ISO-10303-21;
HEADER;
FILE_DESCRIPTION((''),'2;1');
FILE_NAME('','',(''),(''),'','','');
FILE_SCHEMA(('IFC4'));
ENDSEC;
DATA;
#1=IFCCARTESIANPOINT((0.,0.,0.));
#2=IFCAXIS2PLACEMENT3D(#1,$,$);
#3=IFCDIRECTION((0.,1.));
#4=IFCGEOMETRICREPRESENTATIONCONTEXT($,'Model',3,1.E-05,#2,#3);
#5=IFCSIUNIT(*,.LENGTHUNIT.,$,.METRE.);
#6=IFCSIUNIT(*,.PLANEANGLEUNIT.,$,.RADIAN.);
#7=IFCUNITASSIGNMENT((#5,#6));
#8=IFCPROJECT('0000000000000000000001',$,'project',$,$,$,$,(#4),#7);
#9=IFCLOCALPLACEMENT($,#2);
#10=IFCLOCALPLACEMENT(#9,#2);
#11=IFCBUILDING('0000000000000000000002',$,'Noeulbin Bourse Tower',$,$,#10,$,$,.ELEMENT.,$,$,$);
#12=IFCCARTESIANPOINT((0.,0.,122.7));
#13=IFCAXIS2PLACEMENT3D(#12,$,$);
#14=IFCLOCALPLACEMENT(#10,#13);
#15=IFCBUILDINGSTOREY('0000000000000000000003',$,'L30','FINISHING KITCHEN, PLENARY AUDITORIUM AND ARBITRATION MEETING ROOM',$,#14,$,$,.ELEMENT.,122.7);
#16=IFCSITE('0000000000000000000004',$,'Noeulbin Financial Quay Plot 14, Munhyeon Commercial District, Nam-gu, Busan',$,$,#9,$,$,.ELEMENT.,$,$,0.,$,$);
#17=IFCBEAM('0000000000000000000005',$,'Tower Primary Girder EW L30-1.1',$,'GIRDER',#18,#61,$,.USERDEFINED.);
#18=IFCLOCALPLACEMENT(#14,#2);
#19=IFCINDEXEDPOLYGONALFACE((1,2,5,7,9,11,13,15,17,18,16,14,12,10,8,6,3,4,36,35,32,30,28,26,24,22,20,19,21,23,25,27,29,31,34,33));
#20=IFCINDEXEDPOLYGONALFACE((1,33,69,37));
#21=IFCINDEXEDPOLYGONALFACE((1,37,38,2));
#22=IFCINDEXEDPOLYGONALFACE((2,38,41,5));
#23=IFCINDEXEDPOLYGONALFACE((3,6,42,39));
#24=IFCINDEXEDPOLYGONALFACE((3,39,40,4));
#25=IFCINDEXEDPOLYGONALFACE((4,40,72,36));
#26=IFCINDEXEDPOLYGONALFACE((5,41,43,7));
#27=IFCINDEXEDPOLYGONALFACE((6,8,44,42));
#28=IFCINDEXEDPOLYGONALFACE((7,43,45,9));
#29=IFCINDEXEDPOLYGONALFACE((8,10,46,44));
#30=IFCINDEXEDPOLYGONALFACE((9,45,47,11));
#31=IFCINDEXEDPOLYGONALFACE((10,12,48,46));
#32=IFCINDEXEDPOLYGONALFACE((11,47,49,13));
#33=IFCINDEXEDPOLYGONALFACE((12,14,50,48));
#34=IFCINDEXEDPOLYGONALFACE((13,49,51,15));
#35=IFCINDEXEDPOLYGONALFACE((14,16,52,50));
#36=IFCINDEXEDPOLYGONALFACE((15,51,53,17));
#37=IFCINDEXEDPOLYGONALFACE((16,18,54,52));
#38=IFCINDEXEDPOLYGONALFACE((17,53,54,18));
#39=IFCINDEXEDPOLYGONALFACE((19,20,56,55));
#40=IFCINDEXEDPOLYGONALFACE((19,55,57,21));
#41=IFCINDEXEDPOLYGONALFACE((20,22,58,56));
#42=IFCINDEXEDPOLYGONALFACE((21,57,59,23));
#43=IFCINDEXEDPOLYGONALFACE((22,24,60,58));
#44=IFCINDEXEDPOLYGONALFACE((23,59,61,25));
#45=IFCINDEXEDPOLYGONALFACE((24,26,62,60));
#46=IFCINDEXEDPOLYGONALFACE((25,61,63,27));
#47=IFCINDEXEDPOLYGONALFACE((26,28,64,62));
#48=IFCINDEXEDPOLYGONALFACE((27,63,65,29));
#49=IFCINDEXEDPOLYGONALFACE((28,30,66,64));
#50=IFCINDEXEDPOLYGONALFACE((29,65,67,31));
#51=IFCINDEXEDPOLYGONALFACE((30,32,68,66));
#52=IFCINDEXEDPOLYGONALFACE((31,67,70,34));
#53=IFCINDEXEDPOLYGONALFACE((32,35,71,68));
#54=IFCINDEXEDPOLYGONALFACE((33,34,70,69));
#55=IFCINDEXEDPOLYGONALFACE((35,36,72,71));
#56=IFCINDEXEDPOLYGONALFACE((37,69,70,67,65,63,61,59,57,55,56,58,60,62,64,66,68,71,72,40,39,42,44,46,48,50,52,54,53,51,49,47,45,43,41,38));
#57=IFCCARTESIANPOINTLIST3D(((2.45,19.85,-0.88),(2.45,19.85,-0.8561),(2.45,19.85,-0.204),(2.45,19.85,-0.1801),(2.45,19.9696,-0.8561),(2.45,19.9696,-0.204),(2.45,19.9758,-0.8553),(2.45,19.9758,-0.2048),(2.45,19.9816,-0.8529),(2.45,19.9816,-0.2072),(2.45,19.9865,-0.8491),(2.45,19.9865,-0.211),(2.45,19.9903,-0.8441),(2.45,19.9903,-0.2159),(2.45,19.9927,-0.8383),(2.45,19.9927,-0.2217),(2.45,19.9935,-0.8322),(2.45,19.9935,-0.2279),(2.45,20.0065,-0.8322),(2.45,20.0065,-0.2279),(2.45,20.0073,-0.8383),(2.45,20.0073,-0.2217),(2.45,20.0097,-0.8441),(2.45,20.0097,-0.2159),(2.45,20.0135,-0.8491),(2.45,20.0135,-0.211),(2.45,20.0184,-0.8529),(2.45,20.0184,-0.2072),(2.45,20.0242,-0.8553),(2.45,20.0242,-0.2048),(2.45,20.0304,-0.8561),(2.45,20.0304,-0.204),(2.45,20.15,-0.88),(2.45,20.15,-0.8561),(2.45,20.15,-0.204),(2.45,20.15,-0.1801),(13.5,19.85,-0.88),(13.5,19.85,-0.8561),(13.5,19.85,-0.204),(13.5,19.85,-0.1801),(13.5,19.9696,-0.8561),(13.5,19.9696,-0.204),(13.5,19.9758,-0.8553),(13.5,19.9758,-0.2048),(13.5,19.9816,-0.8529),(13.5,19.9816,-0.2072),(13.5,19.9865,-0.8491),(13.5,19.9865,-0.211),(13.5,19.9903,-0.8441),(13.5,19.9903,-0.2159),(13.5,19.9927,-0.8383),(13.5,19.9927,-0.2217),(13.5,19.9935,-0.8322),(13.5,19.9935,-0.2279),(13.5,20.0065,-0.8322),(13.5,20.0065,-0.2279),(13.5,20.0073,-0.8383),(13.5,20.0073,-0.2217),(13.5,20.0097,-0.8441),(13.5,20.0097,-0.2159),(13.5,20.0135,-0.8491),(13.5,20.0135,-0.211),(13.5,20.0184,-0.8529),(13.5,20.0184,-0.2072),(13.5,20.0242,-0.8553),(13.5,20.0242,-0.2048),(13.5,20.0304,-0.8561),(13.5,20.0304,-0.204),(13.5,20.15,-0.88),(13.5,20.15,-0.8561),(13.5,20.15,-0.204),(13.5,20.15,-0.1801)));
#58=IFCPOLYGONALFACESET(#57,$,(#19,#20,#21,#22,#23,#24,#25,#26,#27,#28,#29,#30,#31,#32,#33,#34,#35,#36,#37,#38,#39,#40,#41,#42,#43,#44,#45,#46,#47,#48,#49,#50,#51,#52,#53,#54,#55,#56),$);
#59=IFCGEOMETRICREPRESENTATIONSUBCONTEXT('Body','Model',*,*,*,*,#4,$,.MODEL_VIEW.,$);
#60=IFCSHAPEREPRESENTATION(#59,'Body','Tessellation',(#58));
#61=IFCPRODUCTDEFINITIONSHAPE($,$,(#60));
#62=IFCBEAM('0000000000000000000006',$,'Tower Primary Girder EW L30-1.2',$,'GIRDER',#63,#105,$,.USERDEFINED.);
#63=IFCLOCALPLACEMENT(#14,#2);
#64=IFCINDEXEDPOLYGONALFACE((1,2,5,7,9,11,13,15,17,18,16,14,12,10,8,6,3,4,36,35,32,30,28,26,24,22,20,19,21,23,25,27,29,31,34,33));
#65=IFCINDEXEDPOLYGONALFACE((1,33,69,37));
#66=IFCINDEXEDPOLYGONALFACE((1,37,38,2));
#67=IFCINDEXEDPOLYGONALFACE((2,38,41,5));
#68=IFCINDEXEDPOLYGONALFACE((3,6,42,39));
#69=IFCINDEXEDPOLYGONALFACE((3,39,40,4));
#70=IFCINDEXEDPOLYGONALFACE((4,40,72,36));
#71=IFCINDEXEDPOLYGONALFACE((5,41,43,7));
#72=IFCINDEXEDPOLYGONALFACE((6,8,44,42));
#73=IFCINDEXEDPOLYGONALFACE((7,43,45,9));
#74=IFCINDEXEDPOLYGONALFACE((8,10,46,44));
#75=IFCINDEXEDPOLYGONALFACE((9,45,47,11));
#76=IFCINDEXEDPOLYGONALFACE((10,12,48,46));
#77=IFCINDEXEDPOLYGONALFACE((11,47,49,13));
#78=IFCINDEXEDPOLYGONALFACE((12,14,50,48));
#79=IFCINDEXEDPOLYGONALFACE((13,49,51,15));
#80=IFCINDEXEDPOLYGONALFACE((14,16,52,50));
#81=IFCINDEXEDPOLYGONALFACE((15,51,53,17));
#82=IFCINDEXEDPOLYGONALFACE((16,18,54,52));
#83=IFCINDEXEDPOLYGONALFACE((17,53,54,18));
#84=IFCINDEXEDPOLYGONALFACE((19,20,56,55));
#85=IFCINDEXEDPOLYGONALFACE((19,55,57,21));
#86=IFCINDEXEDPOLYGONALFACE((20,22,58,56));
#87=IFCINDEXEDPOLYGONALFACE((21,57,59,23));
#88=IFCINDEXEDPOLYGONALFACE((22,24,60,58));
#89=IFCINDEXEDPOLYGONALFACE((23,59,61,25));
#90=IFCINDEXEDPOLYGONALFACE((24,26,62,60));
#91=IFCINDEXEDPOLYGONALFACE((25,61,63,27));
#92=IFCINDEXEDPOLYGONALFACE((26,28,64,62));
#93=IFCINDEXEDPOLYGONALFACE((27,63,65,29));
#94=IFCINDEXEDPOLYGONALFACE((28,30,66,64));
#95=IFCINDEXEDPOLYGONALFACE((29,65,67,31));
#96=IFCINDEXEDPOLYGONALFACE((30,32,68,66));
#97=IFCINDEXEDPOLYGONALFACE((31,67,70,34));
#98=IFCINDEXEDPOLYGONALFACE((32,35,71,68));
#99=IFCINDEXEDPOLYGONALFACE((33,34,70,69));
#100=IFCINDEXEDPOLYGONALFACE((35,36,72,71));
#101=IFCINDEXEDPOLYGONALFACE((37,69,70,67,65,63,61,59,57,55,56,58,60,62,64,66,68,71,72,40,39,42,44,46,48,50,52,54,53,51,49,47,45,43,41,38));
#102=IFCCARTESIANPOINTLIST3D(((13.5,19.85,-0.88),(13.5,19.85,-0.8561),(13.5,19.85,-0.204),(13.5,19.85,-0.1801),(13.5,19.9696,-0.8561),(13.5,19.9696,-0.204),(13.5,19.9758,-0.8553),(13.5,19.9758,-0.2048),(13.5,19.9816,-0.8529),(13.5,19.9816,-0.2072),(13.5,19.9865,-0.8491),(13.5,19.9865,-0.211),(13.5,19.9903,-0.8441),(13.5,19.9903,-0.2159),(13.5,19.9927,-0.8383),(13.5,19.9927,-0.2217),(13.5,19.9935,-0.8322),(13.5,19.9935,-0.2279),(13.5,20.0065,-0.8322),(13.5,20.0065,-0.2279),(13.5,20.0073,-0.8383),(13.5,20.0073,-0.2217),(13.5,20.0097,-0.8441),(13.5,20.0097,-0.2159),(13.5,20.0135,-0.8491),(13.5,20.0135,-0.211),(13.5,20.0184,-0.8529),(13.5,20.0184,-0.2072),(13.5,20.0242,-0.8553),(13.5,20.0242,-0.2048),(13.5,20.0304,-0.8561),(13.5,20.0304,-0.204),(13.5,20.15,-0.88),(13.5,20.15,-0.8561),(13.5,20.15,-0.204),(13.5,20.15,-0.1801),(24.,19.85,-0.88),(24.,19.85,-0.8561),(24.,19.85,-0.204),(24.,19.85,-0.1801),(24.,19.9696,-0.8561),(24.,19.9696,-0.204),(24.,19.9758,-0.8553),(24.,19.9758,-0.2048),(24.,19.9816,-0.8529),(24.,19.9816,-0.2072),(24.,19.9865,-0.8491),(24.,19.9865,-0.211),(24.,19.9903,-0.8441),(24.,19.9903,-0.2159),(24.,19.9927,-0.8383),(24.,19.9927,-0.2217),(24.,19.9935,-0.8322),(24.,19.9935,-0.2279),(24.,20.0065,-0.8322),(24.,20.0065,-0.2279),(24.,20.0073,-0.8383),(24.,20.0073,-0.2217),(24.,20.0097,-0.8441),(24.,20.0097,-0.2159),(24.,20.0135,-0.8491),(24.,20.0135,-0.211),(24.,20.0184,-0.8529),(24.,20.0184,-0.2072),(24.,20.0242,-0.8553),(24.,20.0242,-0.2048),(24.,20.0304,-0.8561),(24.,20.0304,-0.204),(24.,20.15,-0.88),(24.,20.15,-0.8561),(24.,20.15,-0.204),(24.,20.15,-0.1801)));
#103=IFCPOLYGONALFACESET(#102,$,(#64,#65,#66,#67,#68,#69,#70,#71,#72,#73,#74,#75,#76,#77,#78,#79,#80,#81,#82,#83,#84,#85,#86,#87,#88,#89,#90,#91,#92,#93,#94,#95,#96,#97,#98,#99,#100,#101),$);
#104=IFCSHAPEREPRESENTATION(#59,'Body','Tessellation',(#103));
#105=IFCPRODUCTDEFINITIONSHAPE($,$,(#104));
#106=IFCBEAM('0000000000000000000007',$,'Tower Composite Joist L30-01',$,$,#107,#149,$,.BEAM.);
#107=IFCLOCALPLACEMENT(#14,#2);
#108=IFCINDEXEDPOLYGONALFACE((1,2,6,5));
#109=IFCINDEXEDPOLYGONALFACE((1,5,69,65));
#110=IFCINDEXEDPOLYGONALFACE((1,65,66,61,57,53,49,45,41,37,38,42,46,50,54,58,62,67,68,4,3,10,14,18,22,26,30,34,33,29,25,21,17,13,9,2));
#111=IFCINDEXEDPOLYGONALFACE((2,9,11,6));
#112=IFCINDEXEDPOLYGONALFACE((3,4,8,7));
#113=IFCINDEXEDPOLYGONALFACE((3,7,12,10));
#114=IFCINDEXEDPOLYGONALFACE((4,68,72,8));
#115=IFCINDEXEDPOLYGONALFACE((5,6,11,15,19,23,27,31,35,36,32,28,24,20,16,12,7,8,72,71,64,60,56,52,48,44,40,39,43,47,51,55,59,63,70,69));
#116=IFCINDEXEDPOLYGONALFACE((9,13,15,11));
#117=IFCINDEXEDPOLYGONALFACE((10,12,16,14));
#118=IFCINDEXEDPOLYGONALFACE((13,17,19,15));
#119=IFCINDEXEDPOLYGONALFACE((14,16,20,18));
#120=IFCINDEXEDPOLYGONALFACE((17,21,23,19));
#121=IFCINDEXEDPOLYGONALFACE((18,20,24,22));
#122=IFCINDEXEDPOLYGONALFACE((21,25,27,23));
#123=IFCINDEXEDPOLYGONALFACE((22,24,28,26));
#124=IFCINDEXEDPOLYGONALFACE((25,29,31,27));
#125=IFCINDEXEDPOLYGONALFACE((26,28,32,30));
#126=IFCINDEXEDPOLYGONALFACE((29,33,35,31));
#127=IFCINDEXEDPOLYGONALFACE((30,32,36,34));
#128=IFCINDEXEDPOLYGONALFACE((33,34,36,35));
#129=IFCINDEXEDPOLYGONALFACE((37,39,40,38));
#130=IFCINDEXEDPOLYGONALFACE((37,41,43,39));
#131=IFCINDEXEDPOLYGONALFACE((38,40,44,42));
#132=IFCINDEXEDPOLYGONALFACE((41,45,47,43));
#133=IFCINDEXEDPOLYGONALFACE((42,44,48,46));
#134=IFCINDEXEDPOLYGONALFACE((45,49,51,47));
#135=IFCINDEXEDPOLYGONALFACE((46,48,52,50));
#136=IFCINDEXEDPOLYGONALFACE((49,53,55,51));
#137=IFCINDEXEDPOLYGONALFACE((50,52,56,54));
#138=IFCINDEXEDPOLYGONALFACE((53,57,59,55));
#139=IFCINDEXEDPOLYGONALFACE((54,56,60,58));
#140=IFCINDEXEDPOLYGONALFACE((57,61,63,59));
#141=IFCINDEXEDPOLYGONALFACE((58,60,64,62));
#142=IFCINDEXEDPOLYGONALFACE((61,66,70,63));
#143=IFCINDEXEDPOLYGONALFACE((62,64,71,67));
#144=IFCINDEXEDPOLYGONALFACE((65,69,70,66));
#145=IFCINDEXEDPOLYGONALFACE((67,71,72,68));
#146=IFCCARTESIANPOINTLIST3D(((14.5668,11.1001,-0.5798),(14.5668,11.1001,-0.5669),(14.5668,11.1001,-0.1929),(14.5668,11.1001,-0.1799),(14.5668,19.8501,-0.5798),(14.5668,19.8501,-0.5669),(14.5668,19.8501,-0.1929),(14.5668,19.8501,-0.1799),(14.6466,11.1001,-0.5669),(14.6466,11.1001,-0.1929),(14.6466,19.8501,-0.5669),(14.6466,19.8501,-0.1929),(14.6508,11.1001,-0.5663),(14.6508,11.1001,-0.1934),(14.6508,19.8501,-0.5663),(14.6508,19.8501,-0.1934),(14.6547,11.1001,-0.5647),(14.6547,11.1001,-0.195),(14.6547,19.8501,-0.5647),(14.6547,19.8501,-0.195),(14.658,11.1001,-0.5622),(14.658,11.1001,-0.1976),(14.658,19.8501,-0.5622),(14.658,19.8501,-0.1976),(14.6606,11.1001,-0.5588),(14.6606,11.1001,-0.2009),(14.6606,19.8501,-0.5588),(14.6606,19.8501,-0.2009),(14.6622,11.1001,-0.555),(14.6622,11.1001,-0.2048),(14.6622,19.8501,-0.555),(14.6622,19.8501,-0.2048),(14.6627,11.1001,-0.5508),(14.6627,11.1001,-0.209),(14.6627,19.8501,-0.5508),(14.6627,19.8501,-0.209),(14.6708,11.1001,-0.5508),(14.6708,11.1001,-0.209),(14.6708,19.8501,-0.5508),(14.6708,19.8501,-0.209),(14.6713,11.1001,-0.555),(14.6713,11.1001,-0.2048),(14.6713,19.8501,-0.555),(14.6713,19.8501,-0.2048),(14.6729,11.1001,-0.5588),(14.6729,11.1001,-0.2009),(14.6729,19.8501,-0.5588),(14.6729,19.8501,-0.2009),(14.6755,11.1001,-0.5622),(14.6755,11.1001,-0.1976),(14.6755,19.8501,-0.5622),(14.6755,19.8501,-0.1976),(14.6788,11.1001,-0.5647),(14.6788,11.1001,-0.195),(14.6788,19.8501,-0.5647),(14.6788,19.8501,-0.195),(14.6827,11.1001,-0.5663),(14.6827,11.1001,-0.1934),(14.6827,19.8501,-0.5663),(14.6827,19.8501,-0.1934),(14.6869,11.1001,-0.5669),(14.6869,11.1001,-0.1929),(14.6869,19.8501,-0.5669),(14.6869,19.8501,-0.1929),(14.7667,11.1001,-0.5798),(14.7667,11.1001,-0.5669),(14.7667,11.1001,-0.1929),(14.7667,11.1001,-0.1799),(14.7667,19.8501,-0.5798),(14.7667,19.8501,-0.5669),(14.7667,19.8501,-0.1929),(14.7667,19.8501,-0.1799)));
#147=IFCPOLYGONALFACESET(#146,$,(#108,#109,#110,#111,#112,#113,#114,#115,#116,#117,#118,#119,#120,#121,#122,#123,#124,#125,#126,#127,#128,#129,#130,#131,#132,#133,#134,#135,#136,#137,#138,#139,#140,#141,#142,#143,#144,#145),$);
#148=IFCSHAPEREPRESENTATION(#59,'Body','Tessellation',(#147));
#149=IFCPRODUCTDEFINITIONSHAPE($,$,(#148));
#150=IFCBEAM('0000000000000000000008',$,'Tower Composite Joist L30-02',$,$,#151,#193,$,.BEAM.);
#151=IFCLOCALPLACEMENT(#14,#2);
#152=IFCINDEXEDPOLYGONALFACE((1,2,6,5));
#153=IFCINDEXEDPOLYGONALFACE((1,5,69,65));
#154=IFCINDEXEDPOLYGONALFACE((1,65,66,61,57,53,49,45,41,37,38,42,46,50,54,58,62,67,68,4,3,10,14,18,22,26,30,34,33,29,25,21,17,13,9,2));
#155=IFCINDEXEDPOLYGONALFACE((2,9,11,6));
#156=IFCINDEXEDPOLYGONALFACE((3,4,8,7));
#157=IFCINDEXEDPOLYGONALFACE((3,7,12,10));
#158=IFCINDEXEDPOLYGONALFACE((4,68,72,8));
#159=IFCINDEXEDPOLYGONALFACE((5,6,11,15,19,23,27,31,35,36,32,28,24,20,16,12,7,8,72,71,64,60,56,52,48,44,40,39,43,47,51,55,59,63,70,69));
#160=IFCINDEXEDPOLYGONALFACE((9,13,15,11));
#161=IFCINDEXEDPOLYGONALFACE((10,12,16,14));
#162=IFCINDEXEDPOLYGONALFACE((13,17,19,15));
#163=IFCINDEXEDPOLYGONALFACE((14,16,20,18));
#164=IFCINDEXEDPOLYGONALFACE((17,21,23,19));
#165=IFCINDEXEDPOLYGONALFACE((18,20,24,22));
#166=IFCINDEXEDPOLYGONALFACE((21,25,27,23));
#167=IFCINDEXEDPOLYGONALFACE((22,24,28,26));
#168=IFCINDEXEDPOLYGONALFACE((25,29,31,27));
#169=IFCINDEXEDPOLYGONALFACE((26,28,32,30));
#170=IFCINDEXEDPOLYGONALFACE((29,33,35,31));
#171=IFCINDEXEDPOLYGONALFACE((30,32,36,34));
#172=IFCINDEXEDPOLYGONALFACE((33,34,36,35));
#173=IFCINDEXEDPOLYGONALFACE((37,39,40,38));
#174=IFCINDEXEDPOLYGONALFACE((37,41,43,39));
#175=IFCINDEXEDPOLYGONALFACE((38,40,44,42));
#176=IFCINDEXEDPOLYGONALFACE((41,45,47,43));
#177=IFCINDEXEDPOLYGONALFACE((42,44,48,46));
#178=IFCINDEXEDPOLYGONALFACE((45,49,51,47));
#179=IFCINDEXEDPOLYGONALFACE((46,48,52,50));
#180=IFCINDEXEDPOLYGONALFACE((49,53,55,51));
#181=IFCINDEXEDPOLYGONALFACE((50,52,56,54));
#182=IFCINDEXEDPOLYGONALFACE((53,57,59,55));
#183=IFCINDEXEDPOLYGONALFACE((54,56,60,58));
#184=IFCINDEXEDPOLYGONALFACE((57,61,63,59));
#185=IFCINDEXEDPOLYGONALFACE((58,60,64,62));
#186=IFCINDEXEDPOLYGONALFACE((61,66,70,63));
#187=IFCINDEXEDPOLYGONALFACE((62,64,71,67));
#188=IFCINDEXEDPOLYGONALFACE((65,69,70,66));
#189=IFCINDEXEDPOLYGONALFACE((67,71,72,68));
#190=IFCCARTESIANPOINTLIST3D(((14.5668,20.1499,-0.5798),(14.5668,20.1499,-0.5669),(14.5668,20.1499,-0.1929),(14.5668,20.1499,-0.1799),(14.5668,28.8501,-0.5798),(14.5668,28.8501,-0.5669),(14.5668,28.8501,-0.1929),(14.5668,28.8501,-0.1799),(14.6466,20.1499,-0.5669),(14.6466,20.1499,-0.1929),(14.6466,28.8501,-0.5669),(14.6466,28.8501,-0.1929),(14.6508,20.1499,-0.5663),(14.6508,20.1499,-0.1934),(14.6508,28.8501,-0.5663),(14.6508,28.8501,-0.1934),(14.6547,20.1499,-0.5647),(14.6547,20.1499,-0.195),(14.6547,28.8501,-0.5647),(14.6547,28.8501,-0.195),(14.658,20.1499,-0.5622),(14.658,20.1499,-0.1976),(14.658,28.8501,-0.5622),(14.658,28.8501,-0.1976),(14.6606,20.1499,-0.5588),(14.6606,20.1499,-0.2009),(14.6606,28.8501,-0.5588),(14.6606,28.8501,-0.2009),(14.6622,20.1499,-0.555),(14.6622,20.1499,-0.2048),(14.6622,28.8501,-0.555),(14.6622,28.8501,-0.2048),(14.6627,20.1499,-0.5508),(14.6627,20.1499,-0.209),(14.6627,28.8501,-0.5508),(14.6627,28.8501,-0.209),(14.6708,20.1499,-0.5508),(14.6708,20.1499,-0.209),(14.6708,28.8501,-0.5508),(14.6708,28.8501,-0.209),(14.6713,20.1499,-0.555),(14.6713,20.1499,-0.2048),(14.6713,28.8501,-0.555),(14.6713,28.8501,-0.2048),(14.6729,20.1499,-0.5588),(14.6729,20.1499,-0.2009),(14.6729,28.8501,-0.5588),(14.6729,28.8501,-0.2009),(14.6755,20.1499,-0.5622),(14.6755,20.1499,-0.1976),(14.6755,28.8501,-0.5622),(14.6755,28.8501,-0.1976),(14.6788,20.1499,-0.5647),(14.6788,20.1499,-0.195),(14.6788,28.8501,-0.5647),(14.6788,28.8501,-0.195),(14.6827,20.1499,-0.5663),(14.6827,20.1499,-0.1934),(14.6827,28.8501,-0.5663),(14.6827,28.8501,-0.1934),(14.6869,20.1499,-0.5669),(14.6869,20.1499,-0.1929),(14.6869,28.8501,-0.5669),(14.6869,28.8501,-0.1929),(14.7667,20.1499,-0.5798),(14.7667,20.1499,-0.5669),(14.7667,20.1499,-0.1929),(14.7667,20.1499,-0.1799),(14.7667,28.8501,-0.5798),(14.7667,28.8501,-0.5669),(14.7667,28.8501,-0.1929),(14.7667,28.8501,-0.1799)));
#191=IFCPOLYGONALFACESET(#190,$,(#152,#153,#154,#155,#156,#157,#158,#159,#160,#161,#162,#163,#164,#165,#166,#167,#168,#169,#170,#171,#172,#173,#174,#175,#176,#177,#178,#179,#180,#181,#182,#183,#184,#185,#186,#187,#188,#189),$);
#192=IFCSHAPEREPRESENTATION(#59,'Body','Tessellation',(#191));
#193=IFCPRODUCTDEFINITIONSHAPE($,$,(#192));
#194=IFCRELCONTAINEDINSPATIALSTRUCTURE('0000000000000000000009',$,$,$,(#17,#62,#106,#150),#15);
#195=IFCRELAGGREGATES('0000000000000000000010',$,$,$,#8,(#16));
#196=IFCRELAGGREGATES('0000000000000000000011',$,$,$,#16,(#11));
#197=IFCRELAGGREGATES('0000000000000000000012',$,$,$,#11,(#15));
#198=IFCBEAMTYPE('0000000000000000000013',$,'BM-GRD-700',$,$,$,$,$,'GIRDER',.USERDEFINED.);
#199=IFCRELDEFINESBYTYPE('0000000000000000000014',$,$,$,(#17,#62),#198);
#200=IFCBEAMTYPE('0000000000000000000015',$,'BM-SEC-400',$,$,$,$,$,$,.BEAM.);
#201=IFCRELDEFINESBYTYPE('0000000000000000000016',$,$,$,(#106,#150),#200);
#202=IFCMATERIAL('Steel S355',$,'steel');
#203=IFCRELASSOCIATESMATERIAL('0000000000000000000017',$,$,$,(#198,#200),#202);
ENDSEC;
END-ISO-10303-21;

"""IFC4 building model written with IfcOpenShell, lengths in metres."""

from ifc_helpers import new_model, si_unit, direction, frame, origin, origin_2d, place, context, subcontext, project, spatial, i_section, extrude, material, material_profile, profile_set, type_object, element, save


model = new_model("IFC4")

# Units and contexts
model_context = context("Model", 3, precision=1e-05, world=origin(), true_north=direction((0.0, 1.0)))
body_context = subcontext(model_context, "Body", "Model", "MODEL_VIEW")
ifc_project = project(units=[si_unit("LENGTHUNIT", "METRE"), si_unit("PLANEANGLEUNIT", "RADIAN")], contexts=[model_context])

# Site, building, storey
site_placement = place(None, origin())
site = spatial("IfcSite", under=ifc_project, at=site_placement, Name="Noeulbin Financial Quay Plot 14, Munhyeon Commercial District, Nam-gu, Busan", CompositionType="ELEMENT", RefElevation=0.0)
building_placement = place(site_placement, origin())
building = spatial("IfcBuilding", under=site, at=building_placement, Name="Noeulbin Bourse Tower", CompositionType="ELEMENT")
storey_placement = place(building_placement, frame((0.0, 0.0, 122.7)))
storey = spatial("IfcBuildingStorey", under=building, at=storey_placement, Name="L30", Description="FINISHING KITCHEN, PLENARY AUDITORIUM AND ARBITRATION MEETING ROOM", CompositionType="ELEMENT", Elevation=122.7)

# Shared definitions
ifc_material_1 = material(Name="Steel S355", Category="steel")

# Beams
ifc_material_profile_1 = material_profile(ifc_material_1, i_section(OverallWidth=0.3, OverallDepth=0.7, WebThickness=0.0129, FlangeThickness=0.0239, FilletRadius=0.0239, at=origin_2d()), Name="H-700x300x13x24", Category="LoadBearing")
ifc_profile_set_1 = profile_set([ifc_material_profile_1], Name="Steel S355")
beam_type_1 = type_object("IfcBeamType", Name="BM-GRD-700", ElementType="GIRDER", PredefinedType="USERDEFINED", material=ifc_profile_set_1)
beam_1_placement = place(storey_placement, frame((2.45, 20.0, -0.53), z_axis=(1.0, 0.0, 0.0), x_axis=(0.0, 1.0, 0.0)))
element("IfcBeam", 1, at=beam_1_placement, inside=storey, type_object=beam_type_1, Name="Tower Primary Girder EW L30-1.1", ObjectType="GIRDER", PredefinedType="USERDEFINED", context=body_context, shape_type="SweptSolid", body=[
    extrude(i_section(OverallWidth=0.3, OverallDepth=0.7, WebThickness=0.0129, FlangeThickness=0.0239, FilletRadius=0.0239, at=origin_2d()), origin(), (0.0, 0.0, 1.0), 11.05),
])
beam_2_placement = place(storey_placement, frame((13.5, 20.0, -0.53), z_axis=(1.0, 0.0, 0.0), x_axis=(0.0, 1.0, 0.0)))
element("IfcBeam", 2, at=beam_2_placement, inside=storey, type_object=beam_type_1, Name="Tower Primary Girder EW L30-1.2", ObjectType="GIRDER", PredefinedType="USERDEFINED", context=body_context, shape_type="SweptSolid", body=[
    extrude(i_section(OverallWidth=0.3, OverallDepth=0.7, WebThickness=0.0129, FlangeThickness=0.0239, FilletRadius=0.0239, at=origin_2d()), origin(), (0.0, 0.0, 1.0), 10.5),
])
ifc_material_profile_2 = material_profile(ifc_material_1, i_section(OverallWidth=0.2, OverallDepth=0.3999, WebThickness=0.0081, FlangeThickness=0.0129, FilletRadius=0.0161, at=origin_2d()), Name="H-400x200x8x13", Category="LoadBearing")
ifc_profile_set_2 = profile_set([ifc_material_profile_2], Name="Steel S355")
beam_type_2 = type_object("IfcBeamType", Name="BM-SEC-400", PredefinedType="BEAM", material=ifc_profile_set_2)
beam_3_placement = place(storey_placement, frame((14.6667, 11.1001, -0.3799), z_axis=(0.0, 1.0, 0.0), x_axis=(-1.0, 0.0, 0.0)))
element("IfcBeam", 3, at=beam_3_placement, inside=storey, type_object=beam_type_2, Name="Tower Composite Joist L30-01", PredefinedType="BEAM", context=body_context, shape_type="SweptSolid", body=[
    extrude(i_section(OverallWidth=0.2, OverallDepth=0.3999, WebThickness=0.0081, FlangeThickness=0.0129, FilletRadius=0.0161, at=origin_2d()), origin(), (0.0, 0.0, 1.0), 8.75),
])
beam_4_placement = place(storey_placement, frame((14.6667, 20.1499, -0.3799), z_axis=(0.0, 1.0, 0.0), x_axis=(-1.0, 0.0, 0.0)))
element("IfcBeam", 4, at=beam_4_placement, inside=storey, type_object=beam_type_2, Name="Tower Composite Joist L30-02", PredefinedType="BEAM", context=body_context, shape_type="SweptSolid", body=[
    extrude(i_section(OverallWidth=0.2, OverallDepth=0.3999, WebThickness=0.0081, FlangeThickness=0.0129, FilletRadius=0.0161, at=origin_2d()), origin(), (0.0, 0.0, 1.0), 8.7002),
])

save(model, "model.ifc")
